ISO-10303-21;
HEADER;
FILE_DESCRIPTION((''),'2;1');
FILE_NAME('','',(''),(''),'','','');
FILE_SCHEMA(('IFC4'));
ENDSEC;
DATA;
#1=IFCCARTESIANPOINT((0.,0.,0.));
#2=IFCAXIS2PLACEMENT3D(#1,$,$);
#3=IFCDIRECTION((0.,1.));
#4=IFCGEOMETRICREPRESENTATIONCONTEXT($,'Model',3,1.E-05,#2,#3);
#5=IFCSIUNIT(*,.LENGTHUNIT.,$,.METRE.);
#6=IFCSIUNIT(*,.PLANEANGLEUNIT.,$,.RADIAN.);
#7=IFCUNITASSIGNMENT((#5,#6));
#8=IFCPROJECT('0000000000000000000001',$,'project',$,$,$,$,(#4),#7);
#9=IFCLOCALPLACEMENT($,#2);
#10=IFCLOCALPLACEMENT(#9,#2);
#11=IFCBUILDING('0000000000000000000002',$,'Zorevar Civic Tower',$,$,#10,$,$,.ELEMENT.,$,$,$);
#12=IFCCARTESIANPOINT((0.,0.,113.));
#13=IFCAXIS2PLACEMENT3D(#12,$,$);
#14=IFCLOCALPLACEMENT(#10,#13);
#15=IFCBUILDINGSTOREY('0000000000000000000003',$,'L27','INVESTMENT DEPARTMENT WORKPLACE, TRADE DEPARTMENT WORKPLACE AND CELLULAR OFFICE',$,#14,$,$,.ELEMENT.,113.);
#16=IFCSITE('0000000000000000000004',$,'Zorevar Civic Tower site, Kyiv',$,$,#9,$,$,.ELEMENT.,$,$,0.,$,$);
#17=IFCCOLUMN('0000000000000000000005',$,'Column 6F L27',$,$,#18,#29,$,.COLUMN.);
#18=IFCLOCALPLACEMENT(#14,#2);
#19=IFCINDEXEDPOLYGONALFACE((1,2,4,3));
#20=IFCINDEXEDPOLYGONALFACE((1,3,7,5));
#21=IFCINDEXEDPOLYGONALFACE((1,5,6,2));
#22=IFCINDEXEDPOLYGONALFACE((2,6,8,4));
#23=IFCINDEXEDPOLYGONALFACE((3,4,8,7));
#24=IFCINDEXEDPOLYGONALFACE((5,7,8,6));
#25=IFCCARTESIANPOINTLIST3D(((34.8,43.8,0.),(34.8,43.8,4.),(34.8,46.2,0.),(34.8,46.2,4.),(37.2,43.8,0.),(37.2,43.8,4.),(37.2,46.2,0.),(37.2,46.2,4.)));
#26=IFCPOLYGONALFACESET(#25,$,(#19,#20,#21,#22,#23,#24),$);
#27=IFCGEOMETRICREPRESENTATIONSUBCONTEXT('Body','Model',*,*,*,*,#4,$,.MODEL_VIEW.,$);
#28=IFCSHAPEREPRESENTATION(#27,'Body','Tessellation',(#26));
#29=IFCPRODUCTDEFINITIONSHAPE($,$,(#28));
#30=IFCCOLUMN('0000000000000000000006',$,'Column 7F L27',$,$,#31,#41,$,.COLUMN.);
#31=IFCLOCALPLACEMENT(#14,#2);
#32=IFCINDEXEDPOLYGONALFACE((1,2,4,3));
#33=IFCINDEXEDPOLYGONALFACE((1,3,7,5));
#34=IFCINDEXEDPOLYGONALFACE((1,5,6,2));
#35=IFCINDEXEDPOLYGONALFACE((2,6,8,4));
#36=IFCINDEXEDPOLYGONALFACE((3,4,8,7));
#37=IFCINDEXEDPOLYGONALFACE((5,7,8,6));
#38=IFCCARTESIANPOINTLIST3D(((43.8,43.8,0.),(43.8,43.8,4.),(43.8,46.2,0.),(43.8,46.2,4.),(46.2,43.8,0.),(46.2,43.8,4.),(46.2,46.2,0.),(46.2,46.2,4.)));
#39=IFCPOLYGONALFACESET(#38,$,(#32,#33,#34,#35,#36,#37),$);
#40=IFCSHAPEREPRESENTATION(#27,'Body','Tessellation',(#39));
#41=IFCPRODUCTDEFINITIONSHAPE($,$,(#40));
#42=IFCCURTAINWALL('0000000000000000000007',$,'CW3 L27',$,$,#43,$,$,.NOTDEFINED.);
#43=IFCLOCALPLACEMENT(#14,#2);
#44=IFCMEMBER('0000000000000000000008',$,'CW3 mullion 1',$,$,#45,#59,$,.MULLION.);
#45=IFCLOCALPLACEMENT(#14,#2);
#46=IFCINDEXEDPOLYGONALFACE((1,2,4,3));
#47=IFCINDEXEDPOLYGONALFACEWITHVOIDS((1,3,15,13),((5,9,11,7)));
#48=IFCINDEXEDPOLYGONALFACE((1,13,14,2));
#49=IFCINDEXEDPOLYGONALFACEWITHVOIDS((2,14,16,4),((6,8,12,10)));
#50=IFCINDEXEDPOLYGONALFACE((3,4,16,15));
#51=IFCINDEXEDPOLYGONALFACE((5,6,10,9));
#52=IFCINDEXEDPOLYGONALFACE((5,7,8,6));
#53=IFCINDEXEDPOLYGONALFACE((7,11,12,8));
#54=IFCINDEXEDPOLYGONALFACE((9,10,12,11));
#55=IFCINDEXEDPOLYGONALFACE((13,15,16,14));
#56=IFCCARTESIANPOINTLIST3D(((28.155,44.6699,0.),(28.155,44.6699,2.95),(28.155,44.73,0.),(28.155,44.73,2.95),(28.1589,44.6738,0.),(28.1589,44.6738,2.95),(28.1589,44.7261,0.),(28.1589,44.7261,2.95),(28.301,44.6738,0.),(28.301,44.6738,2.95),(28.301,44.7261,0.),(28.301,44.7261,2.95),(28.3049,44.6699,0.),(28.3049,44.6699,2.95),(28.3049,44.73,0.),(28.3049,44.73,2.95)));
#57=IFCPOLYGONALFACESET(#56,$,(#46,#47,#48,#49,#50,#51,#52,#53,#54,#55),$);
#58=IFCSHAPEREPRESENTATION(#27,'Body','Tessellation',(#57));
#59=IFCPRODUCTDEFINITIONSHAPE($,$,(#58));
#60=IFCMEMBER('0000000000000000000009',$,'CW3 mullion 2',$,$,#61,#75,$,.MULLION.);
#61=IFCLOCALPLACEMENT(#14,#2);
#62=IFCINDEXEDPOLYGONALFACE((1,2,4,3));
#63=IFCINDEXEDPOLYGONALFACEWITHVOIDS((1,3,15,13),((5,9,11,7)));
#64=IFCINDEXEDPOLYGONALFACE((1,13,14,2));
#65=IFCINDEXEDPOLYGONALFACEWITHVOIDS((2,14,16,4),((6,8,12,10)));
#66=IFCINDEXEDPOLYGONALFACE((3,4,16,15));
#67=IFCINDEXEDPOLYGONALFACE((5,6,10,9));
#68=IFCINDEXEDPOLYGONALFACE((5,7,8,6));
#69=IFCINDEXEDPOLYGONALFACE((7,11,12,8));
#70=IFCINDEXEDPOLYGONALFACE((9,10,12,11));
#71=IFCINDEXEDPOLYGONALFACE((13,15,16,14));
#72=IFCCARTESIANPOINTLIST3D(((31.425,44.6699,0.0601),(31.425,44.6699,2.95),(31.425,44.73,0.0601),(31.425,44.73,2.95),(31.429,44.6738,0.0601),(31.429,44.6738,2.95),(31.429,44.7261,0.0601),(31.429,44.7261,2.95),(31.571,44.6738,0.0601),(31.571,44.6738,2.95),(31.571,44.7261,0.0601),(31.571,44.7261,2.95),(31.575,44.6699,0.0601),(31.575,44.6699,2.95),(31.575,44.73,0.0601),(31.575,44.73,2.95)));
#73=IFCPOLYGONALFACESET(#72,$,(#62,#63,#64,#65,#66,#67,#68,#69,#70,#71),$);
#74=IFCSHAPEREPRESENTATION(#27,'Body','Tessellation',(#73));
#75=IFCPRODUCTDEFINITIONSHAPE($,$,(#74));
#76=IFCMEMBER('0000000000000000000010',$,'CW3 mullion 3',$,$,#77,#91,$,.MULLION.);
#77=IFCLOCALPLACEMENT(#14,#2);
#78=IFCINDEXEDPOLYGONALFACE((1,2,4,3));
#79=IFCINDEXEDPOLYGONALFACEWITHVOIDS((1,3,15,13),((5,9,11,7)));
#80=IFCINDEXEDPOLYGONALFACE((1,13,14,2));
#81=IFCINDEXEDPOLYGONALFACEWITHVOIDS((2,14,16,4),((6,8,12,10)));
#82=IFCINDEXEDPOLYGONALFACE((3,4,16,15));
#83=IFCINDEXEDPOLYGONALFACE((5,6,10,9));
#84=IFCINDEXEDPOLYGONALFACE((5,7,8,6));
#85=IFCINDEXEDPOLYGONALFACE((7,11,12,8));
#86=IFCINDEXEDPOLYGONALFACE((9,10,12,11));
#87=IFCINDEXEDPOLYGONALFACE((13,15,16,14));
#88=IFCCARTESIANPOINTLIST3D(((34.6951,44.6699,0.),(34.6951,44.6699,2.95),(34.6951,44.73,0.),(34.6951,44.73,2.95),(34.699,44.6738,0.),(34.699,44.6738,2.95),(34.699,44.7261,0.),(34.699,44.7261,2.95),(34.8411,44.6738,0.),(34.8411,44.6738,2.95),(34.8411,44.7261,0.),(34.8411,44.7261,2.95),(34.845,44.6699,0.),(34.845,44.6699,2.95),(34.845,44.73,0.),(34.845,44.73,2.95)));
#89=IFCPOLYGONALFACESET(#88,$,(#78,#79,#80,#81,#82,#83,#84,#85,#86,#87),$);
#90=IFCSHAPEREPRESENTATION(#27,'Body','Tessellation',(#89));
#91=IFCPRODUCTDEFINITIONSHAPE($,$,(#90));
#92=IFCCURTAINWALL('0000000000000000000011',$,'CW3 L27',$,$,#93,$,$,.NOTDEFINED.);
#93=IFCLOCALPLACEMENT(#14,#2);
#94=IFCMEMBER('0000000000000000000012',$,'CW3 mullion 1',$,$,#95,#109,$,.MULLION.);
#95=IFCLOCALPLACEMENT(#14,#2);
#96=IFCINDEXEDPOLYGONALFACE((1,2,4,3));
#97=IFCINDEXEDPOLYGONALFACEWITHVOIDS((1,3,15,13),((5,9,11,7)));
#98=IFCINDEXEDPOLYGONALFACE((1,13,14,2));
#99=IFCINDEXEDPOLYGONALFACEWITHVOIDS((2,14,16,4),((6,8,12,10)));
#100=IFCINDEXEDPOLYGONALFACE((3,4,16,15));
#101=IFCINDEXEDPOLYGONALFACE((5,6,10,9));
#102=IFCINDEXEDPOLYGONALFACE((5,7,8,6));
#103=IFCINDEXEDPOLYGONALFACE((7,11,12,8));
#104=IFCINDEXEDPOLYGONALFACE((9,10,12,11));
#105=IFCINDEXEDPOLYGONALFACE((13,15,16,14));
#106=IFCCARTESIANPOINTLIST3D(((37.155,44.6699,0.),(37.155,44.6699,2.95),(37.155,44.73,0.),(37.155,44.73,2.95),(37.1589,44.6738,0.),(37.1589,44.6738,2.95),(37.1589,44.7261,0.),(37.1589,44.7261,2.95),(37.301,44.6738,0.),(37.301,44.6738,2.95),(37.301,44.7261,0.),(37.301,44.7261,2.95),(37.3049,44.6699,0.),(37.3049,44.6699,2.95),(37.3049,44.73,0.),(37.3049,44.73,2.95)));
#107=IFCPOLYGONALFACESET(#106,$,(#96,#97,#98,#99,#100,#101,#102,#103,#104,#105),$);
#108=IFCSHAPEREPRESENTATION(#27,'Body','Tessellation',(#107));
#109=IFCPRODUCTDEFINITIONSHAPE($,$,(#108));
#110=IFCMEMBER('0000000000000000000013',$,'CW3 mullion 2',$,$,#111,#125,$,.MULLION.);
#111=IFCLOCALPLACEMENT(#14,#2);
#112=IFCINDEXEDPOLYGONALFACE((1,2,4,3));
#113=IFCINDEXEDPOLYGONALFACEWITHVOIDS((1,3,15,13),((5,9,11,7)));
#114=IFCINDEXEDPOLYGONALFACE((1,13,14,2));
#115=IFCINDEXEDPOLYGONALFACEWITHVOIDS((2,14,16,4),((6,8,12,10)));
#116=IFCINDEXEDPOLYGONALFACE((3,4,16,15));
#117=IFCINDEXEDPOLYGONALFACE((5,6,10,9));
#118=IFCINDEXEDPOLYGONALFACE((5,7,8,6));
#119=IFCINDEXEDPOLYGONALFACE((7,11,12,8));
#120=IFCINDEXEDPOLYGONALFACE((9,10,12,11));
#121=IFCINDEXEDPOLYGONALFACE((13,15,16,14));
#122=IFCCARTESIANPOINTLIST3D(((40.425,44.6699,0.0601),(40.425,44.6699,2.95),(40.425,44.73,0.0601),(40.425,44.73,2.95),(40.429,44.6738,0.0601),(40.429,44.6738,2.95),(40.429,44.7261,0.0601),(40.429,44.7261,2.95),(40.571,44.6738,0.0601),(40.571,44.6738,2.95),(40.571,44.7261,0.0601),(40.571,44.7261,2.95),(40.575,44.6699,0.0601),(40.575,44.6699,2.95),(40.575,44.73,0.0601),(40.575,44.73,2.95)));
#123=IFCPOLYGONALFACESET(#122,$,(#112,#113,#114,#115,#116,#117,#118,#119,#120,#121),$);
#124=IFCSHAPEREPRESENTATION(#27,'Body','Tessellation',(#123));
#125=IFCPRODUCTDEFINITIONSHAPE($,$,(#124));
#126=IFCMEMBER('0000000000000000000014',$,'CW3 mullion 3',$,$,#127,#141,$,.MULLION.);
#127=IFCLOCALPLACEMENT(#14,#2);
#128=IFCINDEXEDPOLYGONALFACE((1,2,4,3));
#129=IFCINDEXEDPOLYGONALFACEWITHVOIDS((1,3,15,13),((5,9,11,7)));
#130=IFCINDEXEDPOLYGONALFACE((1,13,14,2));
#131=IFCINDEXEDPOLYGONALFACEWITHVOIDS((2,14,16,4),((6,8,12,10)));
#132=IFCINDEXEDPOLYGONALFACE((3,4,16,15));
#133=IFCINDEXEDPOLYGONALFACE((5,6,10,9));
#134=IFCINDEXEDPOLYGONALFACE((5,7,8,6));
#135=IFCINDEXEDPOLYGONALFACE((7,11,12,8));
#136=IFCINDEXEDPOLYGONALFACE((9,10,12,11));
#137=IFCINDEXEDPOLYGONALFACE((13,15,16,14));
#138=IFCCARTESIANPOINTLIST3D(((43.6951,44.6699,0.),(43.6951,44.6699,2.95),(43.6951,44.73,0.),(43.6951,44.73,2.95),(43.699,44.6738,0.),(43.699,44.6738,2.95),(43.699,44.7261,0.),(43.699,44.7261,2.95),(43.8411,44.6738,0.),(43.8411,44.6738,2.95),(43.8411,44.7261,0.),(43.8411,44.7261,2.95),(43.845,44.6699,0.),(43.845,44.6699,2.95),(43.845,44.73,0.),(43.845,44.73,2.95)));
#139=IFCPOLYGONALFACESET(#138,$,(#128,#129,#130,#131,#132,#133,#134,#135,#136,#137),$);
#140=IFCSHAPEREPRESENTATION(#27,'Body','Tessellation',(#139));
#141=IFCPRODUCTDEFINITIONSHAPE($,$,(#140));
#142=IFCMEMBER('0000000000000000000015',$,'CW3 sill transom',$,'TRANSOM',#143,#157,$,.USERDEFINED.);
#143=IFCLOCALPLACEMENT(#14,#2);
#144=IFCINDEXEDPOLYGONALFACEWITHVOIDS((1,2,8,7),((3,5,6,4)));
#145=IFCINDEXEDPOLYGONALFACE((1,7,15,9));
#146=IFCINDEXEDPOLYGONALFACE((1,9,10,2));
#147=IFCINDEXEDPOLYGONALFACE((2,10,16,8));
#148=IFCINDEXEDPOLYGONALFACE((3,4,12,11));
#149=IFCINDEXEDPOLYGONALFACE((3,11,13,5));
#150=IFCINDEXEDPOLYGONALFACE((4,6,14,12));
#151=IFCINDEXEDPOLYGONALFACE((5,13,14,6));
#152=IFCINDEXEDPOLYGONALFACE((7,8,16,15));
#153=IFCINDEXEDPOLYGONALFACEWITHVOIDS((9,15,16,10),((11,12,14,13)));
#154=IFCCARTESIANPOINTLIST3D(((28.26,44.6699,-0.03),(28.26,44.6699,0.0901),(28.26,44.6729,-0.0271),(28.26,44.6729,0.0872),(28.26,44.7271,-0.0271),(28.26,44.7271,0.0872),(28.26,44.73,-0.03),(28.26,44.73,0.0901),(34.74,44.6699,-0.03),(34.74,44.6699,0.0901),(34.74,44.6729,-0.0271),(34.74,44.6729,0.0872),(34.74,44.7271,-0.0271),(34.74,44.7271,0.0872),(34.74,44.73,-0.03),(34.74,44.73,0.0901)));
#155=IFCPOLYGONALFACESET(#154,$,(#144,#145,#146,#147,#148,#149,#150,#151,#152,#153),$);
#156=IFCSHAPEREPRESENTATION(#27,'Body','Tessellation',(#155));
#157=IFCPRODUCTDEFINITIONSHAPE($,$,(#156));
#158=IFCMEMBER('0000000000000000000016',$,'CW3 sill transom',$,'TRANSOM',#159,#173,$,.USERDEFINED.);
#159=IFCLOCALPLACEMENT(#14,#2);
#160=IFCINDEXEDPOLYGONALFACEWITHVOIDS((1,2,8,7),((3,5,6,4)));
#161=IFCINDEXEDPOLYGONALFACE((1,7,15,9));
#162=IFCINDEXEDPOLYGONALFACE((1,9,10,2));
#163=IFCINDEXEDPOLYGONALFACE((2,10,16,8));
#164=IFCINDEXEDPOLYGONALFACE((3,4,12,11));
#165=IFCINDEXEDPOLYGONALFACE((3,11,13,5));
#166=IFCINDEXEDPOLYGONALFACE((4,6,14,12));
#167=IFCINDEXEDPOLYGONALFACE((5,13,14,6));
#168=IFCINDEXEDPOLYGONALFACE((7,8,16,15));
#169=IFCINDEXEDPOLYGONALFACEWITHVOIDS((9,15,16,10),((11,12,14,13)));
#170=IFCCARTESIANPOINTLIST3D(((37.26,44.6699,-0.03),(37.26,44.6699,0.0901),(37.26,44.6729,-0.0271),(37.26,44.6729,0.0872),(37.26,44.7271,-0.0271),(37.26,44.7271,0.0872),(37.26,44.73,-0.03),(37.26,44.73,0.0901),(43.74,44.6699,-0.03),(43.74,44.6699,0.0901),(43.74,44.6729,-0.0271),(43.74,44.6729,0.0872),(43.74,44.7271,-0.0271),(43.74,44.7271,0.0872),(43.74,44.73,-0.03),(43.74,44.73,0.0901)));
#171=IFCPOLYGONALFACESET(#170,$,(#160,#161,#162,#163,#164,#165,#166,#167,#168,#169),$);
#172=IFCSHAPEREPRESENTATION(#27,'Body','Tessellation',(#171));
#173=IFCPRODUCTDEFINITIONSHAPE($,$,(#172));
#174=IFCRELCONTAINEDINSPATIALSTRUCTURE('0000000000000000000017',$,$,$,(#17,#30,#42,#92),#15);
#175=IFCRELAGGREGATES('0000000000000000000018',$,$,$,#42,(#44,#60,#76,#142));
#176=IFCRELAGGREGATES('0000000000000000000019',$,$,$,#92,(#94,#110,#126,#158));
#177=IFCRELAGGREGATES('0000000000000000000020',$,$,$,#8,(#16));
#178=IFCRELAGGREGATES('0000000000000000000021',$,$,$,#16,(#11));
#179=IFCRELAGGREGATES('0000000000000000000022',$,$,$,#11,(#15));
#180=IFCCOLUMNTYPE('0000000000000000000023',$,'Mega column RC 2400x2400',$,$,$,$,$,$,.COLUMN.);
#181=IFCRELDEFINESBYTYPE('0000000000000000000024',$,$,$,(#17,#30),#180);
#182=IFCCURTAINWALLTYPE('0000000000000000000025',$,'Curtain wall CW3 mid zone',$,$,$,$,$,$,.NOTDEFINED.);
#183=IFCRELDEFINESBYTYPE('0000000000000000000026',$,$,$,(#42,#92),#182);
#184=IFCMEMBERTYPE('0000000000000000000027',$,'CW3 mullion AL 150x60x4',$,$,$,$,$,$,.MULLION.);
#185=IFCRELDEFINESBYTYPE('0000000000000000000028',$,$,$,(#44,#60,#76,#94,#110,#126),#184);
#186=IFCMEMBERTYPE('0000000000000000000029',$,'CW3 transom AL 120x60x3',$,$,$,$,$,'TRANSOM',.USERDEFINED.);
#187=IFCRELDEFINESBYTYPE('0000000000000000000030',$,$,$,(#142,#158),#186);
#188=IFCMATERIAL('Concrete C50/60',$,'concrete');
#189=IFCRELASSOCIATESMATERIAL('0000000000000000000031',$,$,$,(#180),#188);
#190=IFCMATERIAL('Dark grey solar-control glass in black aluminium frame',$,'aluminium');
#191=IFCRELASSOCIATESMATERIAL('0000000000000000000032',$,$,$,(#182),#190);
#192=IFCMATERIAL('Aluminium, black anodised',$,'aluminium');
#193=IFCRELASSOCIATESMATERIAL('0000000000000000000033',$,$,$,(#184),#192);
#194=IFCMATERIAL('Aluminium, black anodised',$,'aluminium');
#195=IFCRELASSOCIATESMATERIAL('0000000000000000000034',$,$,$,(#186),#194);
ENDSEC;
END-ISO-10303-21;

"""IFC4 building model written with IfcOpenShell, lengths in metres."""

from ifc_helpers import new_model, si_unit, direction, frame, origin, origin_2d, place, context, subcontext, project, spatial, rectangle, hollow_rectangle, extrude, material, material_profile, profile_set, type_object, element, aggregate, save


model = new_model("IFC4")

# Units and contexts
model_context = context("Model", 3, precision=1e-05, world=origin(), true_north=direction((0.0, 1.0)))
body_context = subcontext(model_context, "Body", "Model", "MODEL_VIEW")
ifc_project = project(units=[si_unit("LENGTHUNIT", "METRE"), si_unit("PLANEANGLEUNIT", "RADIAN")], contexts=[model_context])

# Site, building, storey
site_placement = place(None, origin())
site = spatial("IfcSite", under=ifc_project, at=site_placement, Name="Zorevar Civic Tower site, Kyiv", CompositionType="ELEMENT", RefElevation=0.0)
building_placement = place(site_placement, origin())
building = spatial("IfcBuilding", under=site, at=building_placement, Name="Zorevar Civic Tower", CompositionType="ELEMENT")
storey_placement = place(building_placement, frame((0.0, 0.0, 113.0)))
storey = spatial("IfcBuildingStorey", under=building, at=storey_placement, Name="L27", Description="INVESTMENT DEPARTMENT WORKPLACE, TRADE DEPARTMENT WORKPLACE AND CELLULAR OFFICE", CompositionType="ELEMENT", Elevation=113.0)

# Columns
ifc_material_1 = material(Name="Concrete C50/60", Category="concrete")
ifc_material_profile_1 = material_profile(ifc_material_1, rectangle(XDim=2.3999, YDim=2.3999, at=origin_2d()), Name="RC 2400x2400")
ifc_profile_set_1 = profile_set([ifc_material_profile_1], Name="Concrete C50/60")
column_type = type_object("IfcColumnType", Name="Mega column RC 2400x2400", PredefinedType="COLUMN", material=ifc_profile_set_1)
for number, where, z_axis, x_axis, name in (
    (1, (36.0, 45.0, 0.0), (0.0, 0.0, 1.0), (1.0, 0.0, 0.0), "Column 6F L27"),
    (2, (45.0, 45.0, 0.0), (0.0, 0.0, 1.0), (1.0, 0.0, 0.0), "Column 7F L27"),
):
    element("IfcColumn", number, at=place(storey_placement, frame(where, z_axis=z_axis, x_axis=x_axis)), inside=storey, type_object=column_type, Name=name, PredefinedType="COLUMN", context=body_context, shape_type="SweptSolid", body=[
        extrude(rectangle(XDim=2.3999, YDim=2.3999, at=origin_2d()), origin(), (0.0, 0.0, 1.0), 4.0),
    ])

# Curtain walls, members
ifc_material_2 = material(Name="Dark grey solar-control glass in black aluminium frame", Category="aluminium")
curtain_wall_type = type_object("IfcCurtainWallType", Name="Curtain wall CW3 mid zone", PredefinedType="NOTDEFINED", material=ifc_material_2)
curtain_wall_1_placement = place(storey_placement, origin())
curtain_wall_1 = element("IfcCurtainWall", 3, at=curtain_wall_1_placement, inside=storey, type_object=curtain_wall_type, Name="CW3 L27", PredefinedType="NOTDEFINED")
ifc_material_3 = material(Name="Aluminium, black anodised", Category="aluminium")
ifc_material_profile_2 = material_profile(ifc_material_3, hollow_rectangle(XDim=0.0601, YDim=0.1499, WallThickness=0.0039, at=origin_2d()), Name="AL 150x60x4")
ifc_profile_set_2 = profile_set([ifc_material_profile_2], Name="Aluminium, black anodised")
member_type_1 = type_object("IfcMemberType", Name="CW3 mullion AL 150x60x4", PredefinedType="MULLION", material=ifc_profile_set_2)
member_1_placement = place(storey_placement, frame((28.23, 44.7, 0.0), z_axis=(0.0, 0.0, 1.0), x_axis=(0.0, 1.0, 0.0)))
member_1 = element("IfcMember", 4, at=member_1_placement, type_object=member_type_1, Name="CW3 mullion 1", PredefinedType="MULLION", context=body_context, shape_type="SweptSolid", body=[
    extrude(hollow_rectangle(XDim=0.0601, YDim=0.1499, WallThickness=0.0039, at=origin_2d()), origin(), (0.0, 0.0, 1.0), 2.95),
])
member_2_placement = place(storey_placement, frame((31.5, 44.7, 0.0601), z_axis=(0.0, 0.0, 1.0), x_axis=(0.0, 1.0, 0.0)))
member_2 = element("IfcMember", 5, at=member_2_placement, type_object=member_type_1, Name="CW3 mullion 2", PredefinedType="MULLION", context=body_context, shape_type="SweptSolid", body=[
    extrude(hollow_rectangle(XDim=0.0601, YDim=0.1499, WallThickness=0.0039, at=origin_2d()), origin(), (0.0, 0.0, 1.0), 2.8899),
])
member_3_placement = place(storey_placement, frame((34.77, 44.7, 0.0), z_axis=(0.0, 0.0, 1.0), x_axis=(0.0, 1.0, 0.0)))
member_3 = element("IfcMember", 6, at=member_3_placement, type_object=member_type_1, Name="CW3 mullion 3", PredefinedType="MULLION", context=body_context, shape_type="SweptSolid", body=[
    extrude(hollow_rectangle(XDim=0.0601, YDim=0.1499, WallThickness=0.0039, at=origin_2d()), origin(), (0.0, 0.0, 1.0), 2.95),
])
curtain_wall_2_placement = place(storey_placement, origin())
curtain_wall_2 = element("IfcCurtainWall", 7, at=curtain_wall_2_placement, inside=storey, type_object=curtain_wall_type, Name="CW3 L27", PredefinedType="NOTDEFINED")
member_4_placement = place(storey_placement, frame((37.23, 44.7, 0.0), z_axis=(0.0, 0.0, 1.0), x_axis=(0.0, 1.0, 0.0)))
member_4 = element("IfcMember", 8, at=member_4_placement, type_object=member_type_1, Name="CW3 mullion 1", PredefinedType="MULLION", context=body_context, shape_type="SweptSolid", body=[
    extrude(hollow_rectangle(XDim=0.0601, YDim=0.1499, WallThickness=0.0039, at=origin_2d()), origin(), (0.0, 0.0, 1.0), 2.95),
])
member_5_placement = place(storey_placement, frame((40.5, 44.7, 0.0601), z_axis=(0.0, 0.0, 1.0), x_axis=(0.0, 1.0, 0.0)))
member_5 = element("IfcMember", 9, at=member_5_placement, type_object=member_type_1, Name="CW3 mullion 2", PredefinedType="MULLION", context=body_context, shape_type="SweptSolid", body=[
    extrude(hollow_rectangle(XDim=0.0601, YDim=0.1499, WallThickness=0.0039, at=origin_2d()), origin(), (0.0, 0.0, 1.0), 2.8899),
])
member_6_placement = place(storey_placement, frame((43.77, 44.7, 0.0), z_axis=(0.0, 0.0, 1.0), x_axis=(0.0, 1.0, 0.0)))
member_6 = element("IfcMember", 10, at=member_6_placement, type_object=member_type_1, Name="CW3 mullion 3", PredefinedType="MULLION", context=body_context, shape_type="SweptSolid", body=[
    extrude(hollow_rectangle(XDim=0.0601, YDim=0.1499, WallThickness=0.0039, at=origin_2d()), origin(), (0.0, 0.0, 1.0), 2.95),
])

# Members
ifc_material_4 = material(Name="Aluminium, black anodised", Category="aluminium")
ifc_material_profile_3 = material_profile(ifc_material_4, hollow_rectangle(XDim=0.0601, YDim=0.1201, WallThickness=0.0029, at=origin_2d()), Name="AL 120x60x3")
ifc_profile_set_3 = profile_set([ifc_material_profile_3], Name="Aluminium, black anodised")
member_type_2 = type_object("IfcMemberType", Name="CW3 transom AL 120x60x3", ElementType="TRANSOM", PredefinedType="USERDEFINED", material=ifc_profile_set_3)
member_7_placement = place(storey_placement, frame((28.26, 44.7, 0.03), z_axis=(1.0, 0.0, 0.0), x_axis=(0.0, 1.0, 0.0)))
member_7 = element("IfcMember", 11, at=member_7_placement, type_object=member_type_2, Name="CW3 sill transom", ObjectType="TRANSOM", PredefinedType="USERDEFINED", context=body_context, shape_type="SweptSolid", body=[
    extrude(hollow_rectangle(XDim=0.0601, YDim=0.1201, WallThickness=0.0029, at=origin_2d()), origin(), (0.0, 0.0, 1.0), 6.48),
])
member_8_placement = place(storey_placement, frame((37.26, 44.7, 0.03), z_axis=(1.0, 0.0, 0.0), x_axis=(0.0, 1.0, 0.0)))
member_8 = element("IfcMember", 12, at=member_8_placement, type_object=member_type_2, Name="CW3 sill transom", ObjectType="TRANSOM", PredefinedType="USERDEFINED", context=body_context, shape_type="SweptSolid", body=[
    extrude(hollow_rectangle(XDim=0.0601, YDim=0.1201, WallThickness=0.0029, at=origin_2d()), origin(), (0.0, 0.0, 1.0), 6.48),
])

aggregate(curtain_wall_1, [member_1, member_2, member_3, member_7])
aggregate(curtain_wall_2, [member_4, member_5, member_6, member_8])

save(model, "model.ifc")
